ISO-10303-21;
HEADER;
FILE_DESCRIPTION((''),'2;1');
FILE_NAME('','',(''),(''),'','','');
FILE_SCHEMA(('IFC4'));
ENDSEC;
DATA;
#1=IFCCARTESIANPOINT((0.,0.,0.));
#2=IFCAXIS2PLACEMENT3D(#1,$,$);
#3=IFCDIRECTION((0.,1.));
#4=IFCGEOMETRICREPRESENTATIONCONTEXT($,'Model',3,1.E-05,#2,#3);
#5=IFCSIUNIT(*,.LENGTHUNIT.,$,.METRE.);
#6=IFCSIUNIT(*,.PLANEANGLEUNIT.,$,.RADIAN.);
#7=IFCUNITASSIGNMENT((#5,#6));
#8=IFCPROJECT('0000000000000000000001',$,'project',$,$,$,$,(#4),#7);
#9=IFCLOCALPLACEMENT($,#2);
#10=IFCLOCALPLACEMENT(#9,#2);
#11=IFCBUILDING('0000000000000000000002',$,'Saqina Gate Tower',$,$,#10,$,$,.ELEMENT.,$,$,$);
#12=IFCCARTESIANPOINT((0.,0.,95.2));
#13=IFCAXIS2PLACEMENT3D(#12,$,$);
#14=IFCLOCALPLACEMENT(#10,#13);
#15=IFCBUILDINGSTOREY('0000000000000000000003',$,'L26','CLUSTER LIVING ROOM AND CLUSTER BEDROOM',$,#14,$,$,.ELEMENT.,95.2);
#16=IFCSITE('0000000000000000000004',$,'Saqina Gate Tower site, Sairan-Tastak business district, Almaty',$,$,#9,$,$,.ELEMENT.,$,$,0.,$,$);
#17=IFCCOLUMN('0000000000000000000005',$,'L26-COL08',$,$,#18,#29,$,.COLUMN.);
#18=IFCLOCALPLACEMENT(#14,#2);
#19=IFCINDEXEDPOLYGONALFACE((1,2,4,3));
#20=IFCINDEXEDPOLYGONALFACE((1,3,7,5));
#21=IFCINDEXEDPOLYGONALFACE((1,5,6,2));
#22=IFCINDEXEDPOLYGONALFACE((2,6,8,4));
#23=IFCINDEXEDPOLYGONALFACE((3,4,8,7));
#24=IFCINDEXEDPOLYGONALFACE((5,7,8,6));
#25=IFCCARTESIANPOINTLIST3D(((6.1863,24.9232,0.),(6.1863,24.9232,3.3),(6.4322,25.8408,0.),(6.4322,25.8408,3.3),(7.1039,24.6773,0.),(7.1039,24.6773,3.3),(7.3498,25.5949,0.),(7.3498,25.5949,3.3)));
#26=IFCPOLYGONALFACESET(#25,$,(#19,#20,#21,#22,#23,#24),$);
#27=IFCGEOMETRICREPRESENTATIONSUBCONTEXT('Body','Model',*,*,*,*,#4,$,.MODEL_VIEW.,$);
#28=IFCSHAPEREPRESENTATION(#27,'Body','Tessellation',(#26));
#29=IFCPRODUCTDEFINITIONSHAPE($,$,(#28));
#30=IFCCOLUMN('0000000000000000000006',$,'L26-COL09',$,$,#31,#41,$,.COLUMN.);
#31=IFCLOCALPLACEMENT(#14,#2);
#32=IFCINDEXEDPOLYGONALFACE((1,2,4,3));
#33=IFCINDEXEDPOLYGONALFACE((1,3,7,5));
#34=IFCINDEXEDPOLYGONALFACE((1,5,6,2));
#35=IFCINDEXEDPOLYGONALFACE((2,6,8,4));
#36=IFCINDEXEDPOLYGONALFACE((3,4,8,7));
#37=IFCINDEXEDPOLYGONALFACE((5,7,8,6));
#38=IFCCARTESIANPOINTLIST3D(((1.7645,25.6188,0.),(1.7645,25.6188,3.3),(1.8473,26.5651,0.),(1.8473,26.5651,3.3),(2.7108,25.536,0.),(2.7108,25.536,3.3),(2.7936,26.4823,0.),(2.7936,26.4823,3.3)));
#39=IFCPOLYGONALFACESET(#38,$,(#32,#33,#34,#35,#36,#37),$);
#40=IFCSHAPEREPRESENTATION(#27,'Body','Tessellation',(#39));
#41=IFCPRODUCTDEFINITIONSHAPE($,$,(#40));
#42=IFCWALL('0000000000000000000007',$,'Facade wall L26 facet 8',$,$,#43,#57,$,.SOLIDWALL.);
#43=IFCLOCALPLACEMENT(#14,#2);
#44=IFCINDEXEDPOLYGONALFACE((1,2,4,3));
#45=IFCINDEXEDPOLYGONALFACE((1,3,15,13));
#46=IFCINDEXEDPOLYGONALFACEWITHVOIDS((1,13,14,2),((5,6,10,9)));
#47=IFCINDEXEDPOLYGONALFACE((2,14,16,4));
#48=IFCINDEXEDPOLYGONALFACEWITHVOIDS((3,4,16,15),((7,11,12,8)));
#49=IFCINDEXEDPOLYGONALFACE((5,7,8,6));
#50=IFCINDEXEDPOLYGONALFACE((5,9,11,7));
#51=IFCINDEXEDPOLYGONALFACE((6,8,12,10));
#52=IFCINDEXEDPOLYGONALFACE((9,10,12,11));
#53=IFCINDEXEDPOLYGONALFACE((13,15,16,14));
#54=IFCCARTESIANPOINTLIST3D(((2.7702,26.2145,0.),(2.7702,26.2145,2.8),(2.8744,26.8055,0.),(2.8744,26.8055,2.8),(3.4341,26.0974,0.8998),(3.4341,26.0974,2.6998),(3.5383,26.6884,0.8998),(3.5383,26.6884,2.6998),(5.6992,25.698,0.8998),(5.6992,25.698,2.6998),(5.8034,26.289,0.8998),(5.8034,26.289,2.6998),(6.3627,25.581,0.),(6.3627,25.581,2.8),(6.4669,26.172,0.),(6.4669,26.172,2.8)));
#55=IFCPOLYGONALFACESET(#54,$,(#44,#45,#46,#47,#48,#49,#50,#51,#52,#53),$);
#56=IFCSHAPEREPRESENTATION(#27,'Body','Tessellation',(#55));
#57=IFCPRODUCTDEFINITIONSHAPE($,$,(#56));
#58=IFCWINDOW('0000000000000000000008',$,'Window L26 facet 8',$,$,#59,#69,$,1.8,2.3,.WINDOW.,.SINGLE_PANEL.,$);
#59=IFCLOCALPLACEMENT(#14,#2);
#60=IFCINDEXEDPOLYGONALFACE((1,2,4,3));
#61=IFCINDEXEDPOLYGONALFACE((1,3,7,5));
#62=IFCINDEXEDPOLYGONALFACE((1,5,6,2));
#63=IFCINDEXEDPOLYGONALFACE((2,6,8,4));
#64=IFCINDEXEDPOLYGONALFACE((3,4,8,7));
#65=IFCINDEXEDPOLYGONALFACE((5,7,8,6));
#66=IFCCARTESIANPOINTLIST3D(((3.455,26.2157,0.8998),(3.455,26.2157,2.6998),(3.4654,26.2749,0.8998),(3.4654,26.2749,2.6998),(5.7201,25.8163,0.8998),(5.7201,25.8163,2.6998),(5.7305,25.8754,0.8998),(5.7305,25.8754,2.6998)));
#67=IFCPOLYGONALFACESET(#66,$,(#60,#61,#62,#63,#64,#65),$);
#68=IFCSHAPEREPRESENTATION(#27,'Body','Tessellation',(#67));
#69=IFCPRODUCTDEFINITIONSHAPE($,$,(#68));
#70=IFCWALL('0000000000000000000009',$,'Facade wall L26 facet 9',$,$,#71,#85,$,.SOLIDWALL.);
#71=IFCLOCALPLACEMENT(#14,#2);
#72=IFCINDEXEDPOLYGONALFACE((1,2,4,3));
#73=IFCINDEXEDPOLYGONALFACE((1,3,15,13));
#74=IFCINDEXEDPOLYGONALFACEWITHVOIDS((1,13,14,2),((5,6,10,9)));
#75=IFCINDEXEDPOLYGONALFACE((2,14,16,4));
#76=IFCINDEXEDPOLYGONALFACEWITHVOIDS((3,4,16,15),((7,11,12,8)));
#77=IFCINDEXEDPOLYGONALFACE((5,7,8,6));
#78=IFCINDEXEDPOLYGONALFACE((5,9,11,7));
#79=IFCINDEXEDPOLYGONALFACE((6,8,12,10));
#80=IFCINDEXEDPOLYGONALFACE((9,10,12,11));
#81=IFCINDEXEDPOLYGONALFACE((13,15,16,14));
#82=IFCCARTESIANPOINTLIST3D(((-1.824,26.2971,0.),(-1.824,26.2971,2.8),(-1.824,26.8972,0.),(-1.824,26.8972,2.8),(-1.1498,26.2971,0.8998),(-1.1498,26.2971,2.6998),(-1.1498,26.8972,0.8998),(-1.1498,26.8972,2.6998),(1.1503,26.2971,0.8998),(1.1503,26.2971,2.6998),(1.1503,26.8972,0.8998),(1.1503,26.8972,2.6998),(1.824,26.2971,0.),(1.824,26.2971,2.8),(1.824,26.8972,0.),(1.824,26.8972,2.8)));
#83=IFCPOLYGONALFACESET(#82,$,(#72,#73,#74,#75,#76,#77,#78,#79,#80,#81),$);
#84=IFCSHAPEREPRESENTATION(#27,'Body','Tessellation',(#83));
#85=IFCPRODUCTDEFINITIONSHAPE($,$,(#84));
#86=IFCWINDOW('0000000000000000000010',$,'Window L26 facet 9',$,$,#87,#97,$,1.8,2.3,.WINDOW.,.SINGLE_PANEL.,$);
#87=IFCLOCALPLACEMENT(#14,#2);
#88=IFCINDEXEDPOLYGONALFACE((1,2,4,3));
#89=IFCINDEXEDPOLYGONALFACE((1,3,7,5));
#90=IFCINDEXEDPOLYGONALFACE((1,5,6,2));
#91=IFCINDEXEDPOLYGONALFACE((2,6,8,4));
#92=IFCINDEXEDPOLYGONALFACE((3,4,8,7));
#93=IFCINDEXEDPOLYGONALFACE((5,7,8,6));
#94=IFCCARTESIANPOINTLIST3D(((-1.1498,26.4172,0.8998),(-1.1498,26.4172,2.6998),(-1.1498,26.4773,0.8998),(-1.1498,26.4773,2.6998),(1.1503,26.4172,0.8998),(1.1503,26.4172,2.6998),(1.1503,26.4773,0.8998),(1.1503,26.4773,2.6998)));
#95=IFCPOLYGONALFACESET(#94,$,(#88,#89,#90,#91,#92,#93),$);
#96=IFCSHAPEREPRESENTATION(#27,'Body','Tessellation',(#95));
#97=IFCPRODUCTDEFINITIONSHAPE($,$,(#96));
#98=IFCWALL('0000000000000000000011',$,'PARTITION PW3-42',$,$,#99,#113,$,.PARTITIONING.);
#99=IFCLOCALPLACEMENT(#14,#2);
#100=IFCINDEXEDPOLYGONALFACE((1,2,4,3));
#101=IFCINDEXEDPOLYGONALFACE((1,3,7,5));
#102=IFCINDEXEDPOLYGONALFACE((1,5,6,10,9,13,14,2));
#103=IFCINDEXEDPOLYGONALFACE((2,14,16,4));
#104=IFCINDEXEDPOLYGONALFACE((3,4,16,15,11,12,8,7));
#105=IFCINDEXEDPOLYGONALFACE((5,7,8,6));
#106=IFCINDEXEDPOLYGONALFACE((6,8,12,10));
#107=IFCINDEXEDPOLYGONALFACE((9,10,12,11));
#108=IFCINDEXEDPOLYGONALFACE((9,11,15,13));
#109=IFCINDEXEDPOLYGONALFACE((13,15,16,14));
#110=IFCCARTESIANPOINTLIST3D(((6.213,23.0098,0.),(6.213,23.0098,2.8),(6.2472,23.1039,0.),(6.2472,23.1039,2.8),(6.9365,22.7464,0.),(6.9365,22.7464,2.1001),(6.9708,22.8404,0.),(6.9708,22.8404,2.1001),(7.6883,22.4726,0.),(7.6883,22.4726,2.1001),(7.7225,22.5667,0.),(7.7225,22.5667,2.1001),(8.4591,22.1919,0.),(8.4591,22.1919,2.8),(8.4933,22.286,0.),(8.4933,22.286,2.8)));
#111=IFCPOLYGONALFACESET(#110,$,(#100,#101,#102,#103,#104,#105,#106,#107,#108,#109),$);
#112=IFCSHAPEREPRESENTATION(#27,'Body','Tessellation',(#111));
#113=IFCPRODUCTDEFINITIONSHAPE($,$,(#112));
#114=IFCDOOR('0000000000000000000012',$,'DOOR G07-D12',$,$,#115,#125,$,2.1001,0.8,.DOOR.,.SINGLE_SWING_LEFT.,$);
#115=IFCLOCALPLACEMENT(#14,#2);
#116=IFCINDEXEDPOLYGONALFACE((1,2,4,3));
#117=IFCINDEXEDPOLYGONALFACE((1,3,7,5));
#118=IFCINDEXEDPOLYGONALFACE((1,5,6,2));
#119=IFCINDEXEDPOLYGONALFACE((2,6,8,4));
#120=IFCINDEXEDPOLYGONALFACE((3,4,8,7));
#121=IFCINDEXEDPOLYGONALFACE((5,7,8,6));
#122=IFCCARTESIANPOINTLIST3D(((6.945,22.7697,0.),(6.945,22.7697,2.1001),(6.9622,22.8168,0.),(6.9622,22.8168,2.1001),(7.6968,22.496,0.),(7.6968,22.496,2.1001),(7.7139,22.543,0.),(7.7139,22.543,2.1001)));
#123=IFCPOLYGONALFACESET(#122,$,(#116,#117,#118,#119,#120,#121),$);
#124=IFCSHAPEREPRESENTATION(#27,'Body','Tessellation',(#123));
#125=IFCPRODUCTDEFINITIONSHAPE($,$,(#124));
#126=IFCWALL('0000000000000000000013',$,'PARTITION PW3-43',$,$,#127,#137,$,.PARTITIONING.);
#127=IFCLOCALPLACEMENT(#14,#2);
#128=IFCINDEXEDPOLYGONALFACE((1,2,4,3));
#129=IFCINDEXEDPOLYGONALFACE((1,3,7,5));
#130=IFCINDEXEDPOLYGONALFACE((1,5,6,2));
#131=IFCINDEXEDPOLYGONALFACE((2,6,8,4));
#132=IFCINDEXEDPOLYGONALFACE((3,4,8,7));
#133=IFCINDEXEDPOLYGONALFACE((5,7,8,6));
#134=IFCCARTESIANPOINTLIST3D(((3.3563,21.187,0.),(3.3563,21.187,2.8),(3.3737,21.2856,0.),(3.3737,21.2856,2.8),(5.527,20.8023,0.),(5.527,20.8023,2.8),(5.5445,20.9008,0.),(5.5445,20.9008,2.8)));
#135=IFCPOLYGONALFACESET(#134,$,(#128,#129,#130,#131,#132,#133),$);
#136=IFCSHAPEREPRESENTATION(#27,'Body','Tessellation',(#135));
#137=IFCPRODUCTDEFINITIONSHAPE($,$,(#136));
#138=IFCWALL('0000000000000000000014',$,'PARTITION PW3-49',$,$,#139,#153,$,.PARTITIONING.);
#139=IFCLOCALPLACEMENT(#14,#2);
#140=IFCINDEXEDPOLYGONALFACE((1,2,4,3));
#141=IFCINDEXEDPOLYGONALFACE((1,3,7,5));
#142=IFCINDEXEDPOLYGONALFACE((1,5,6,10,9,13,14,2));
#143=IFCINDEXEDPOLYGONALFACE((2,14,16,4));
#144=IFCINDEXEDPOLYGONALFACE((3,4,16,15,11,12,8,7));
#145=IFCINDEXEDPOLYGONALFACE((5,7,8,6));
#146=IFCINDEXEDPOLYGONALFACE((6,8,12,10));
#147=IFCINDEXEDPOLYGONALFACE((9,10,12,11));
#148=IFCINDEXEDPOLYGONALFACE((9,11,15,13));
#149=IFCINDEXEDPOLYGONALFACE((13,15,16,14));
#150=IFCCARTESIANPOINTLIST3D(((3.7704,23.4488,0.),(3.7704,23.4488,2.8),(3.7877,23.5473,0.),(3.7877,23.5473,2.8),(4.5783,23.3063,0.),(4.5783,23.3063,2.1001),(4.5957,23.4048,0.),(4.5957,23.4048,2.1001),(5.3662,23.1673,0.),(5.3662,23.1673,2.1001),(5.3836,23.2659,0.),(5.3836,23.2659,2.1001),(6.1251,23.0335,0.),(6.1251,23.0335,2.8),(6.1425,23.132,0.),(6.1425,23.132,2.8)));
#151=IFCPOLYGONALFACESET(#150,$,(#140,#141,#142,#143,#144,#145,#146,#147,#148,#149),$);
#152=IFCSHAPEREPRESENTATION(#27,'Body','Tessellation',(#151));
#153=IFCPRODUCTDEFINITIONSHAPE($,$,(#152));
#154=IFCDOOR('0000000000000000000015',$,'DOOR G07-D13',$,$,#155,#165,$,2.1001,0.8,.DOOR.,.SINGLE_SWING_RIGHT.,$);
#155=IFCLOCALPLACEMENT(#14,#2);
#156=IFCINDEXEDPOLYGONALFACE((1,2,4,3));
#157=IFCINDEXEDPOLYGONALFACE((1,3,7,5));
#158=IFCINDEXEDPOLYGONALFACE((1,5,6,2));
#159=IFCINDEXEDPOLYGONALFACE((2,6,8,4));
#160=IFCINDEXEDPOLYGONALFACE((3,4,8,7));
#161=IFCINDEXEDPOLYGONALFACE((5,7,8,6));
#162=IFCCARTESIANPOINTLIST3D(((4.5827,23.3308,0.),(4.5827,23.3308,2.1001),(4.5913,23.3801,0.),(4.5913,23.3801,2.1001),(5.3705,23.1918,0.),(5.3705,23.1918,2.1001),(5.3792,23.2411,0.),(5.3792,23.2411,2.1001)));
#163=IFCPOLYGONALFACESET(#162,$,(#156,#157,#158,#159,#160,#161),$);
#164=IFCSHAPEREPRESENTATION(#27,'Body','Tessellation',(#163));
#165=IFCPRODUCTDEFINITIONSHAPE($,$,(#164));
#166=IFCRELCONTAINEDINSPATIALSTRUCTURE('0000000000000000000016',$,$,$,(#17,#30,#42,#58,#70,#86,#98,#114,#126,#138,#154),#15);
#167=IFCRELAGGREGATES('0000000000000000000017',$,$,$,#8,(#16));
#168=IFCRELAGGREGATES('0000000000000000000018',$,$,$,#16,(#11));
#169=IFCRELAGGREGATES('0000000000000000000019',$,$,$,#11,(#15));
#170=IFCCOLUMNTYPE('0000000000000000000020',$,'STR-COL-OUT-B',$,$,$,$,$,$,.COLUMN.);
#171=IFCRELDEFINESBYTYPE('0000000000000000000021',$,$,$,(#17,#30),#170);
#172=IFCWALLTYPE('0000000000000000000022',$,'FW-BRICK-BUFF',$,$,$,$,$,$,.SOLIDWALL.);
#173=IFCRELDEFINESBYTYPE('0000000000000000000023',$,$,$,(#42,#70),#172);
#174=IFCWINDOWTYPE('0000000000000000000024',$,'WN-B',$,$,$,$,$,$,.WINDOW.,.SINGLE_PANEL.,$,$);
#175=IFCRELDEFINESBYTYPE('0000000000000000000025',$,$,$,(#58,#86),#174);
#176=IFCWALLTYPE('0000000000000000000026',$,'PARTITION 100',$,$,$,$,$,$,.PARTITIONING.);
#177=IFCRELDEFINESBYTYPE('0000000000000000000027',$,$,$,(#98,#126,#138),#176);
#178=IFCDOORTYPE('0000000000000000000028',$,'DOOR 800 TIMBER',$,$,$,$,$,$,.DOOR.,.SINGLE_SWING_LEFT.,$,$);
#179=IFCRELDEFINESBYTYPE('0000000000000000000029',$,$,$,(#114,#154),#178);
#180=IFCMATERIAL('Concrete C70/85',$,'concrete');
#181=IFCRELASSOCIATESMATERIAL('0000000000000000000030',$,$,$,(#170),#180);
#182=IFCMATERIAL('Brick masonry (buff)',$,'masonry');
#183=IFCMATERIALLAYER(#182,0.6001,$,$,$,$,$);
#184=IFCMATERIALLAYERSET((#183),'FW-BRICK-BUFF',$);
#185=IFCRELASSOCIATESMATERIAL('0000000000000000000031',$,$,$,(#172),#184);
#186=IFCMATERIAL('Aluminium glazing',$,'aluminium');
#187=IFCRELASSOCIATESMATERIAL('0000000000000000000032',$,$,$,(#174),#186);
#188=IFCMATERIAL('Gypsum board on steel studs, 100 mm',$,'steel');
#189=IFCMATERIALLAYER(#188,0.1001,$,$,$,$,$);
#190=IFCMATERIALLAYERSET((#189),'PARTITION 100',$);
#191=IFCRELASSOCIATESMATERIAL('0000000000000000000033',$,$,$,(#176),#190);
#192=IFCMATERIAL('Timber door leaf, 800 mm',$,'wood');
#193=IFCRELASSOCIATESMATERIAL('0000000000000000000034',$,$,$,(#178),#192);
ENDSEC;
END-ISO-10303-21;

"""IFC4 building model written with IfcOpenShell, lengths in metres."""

from ifc_helpers import new_model, si_unit, direction, frame, frame_2d, origin, origin_2d, place, context, subcontext, project, spatial, rectangle, extrude, material, layer, layer_set, material_profile, profile_set, type_object, element, fill, save


model = new_model("IFC4")

# Units and contexts
model_context = context("Model", 3, precision=1e-05, world=origin(), true_north=direction((0.0, 1.0)))
body_context = subcontext(model_context, "Body", "Model", "MODEL_VIEW")
ifc_project = project(units=[si_unit("LENGTHUNIT", "METRE"), si_unit("PLANEANGLEUNIT", "RADIAN")], contexts=[model_context])

# Site, building, storey
site_placement = place(None, origin())
site = spatial("IfcSite", under=ifc_project, at=site_placement, Name="Saqina Gate Tower site, Sairan-Tastak business district, Almaty", CompositionType="ELEMENT", RefElevation=0.0)
building_placement = place(site_placement, origin())
building = spatial("IfcBuilding", under=site, at=building_placement, Name="Saqina Gate Tower", CompositionType="ELEMENT")
storey_placement = place(building_placement, frame((0.0, 0.0, 95.2)))
storey = spatial("IfcBuildingStorey", under=building, at=storey_placement, Name="L26", Description="CLUSTER LIVING ROOM AND CLUSTER BEDROOM", CompositionType="ELEMENT", Elevation=95.2)

# Columns
ifc_material_1 = material(Name="Concrete C70/85", Category="concrete")
ifc_material_profile = material_profile(ifc_material_1, rectangle(XDim=0.95, YDim=0.95, at=origin_2d()), Name="RC 950x950")
ifc_profile_set = profile_set([ifc_material_profile], Name="Concrete C70/85")
column_type = type_object("IfcColumnType", Name="STR-COL-OUT-B", PredefinedType="COLUMN", material=ifc_profile_set)
for number, where, z_axis, x_axis, name in (
    (1, (6.7681, 25.259, 0.0), (0.0, 0.0, 1.0), (0.258819, 0.965926, 0.0), "L26-COL08"),
    (2, (2.2791, 26.0505, 0.0), (0.0, 0.0, 1.0), (0.087156, 0.996195, 0.0), "L26-COL09"),
):
    element("IfcColumn", number, at=place(storey_placement, frame(where, z_axis=z_axis, x_axis=x_axis)), inside=storey, type_object=column_type, Name=name, PredefinedType="COLUMN", context=body_context, shape_type="SweptSolid", body=[
        extrude(rectangle(XDim=0.95, YDim=0.95, at=origin_2d()), origin(), (0.0, 0.0, 1.0), 3.3),
    ])

# Walls, openings, windows
ifc_material_2 = material(Name="Brick masonry (buff)", Category="masonry")
ifc_layer_1 = layer(ifc_material_2, 0.6001)
ifc_layer_set_1 = layer_set([ifc_layer_1], Name="FW-BRICK-BUFF")
wall_type_1 = type_object("IfcWallType", Name="FW-BRICK-BUFF", PredefinedType="SOLIDWALL", material=ifc_layer_set_1)
wall_1_placement = place(storey_placement, frame((6.4148, 25.8765, 0.0), z_axis=(0.0, 0.0, 1.0), x_axis=(-0.984804, 0.173671, 0.0)))
wall_1 = element("IfcWall", 3, at=wall_1_placement, inside=storey, type_object=wall_type_1, Name="Facade wall L26 facet 8", PredefinedType="SOLIDWALL", context=body_context, shape_type="SweptSolid", body=[
    extrude(rectangle(XDim=3.6479, YDim=0.6001, at=frame_2d((1.824, 0.0))), origin(), (0.0, 0.0, 1.0), 2.8),
])
opening_1_placement = place(wall_1_placement, frame((0.6738, 0.0, 0.8999)))
opening_1 = element("IfcOpeningElement", 4, at=opening_1_placement, cuts=wall_1, PredefinedType="OPENING", context=body_context, shape_type="SweptSolid", body=[
    extrude(rectangle(XDim=2.3, YDim=1.8, at=frame_2d((1.1499, 0.8999))), frame((0.0, 0.312, 0.0), z_axis=(0.0, -1.0, 0.0), x_axis=(1.0, 0.0, 0.0)), (0.0, 0.0, 1.0), 0.624),
])
ifc_material_3 = material(Name="Aluminium glazing", Category="aluminium")
window_type = type_object("IfcWindowType", Name="WN-B", PartitioningType="SINGLE_PANEL", PredefinedType="WINDOW", material=ifc_material_3)
window_1_placement = place(opening_1_placement, origin())
window_1 = element("IfcWindow", 5, at=window_1_placement, inside=storey, type_object=window_type, Name="Window L26 facet 8", OverallHeight=1.8, OverallWidth=2.3, PartitioningType="SINGLE_PANEL", PredefinedType="WINDOW", context=body_context, shape_type="SweptSolid", body=[
    extrude(rectangle(XDim=2.3, YDim=1.8, at=frame_2d((1.1499, 0.8999))), frame((0.0, 0.1799, 0.0), z_axis=(0.0, -1.0, 0.0), x_axis=(1.0, 0.0, 0.0)), (0.0, 0.0, 1.0), 0.0601),
])
fill(opening_1, window_1)
wall_2_placement = place(storey_placement, frame((1.824, 26.5972, 0.0), z_axis=(0.0, 0.0, 1.0), x_axis=(-1.0, 0.0, 0.0)))
wall_2 = element("IfcWall", 6, at=wall_2_placement, inside=storey, type_object=wall_type_1, Name="Facade wall L26 facet 9", PredefinedType="SOLIDWALL", context=body_context, shape_type="SweptSolid", body=[
    extrude(rectangle(XDim=3.6479, YDim=0.6001, at=frame_2d((1.824, 0.0))), origin(), (0.0, 0.0, 1.0), 2.8),
])
opening_2_placement = place(wall_2_placement, frame((0.6738, 0.0, 0.8999)))
opening_2 = element("IfcOpeningElement", 7, at=opening_2_placement, cuts=wall_2, PredefinedType="OPENING", context=body_context, shape_type="SweptSolid", body=[
    extrude(rectangle(XDim=2.3, YDim=1.8, at=frame_2d((1.1499, 0.8999))), frame((0.0, 0.312, 0.0), z_axis=(0.0, -1.0, 0.0), x_axis=(1.0, 0.0, 0.0)), (0.0, 0.0, 1.0), 0.624),
])
window_2_placement = place(opening_2_placement, origin())
window_2 = element("IfcWindow", 8, at=window_2_placement, inside=storey, type_object=window_type, Name="Window L26 facet 9", OverallHeight=1.8, OverallWidth=2.3, PartitioningType="SINGLE_PANEL", PredefinedType="WINDOW", context=body_context, shape_type="SweptSolid", body=[
    extrude(rectangle(XDim=2.3, YDim=1.8, at=frame_2d((1.1499, 0.8999))), frame((0.0, 0.1799, 0.0), z_axis=(0.0, -1.0, 0.0), x_axis=(1.0, 0.0, 0.0)), (0.0, 0.0, 1.0), 0.0601),
])
fill(opening_2, window_2)

# Wall, opening, door
ifc_material_4 = material(Name="Gypsum board on steel studs, 100 mm", Category="steel")
ifc_layer_2 = layer(ifc_material_4, 0.1001)
ifc_layer_set_2 = layer_set([ifc_layer_2], Name="PARTITION 100")
wall_type_2 = type_object("IfcWallType", Name="PARTITION 100", PredefinedType="PARTITIONING", material=ifc_layer_set_2)
wall_3_placement = place(storey_placement, frame((6.23, 23.0569, 0.0), z_axis=(0.0, 0.0, 1.0), x_axis=(0.939644, -0.342153, 0.0)))
wall_3 = element("IfcWall", 9, at=wall_3_placement, inside=storey, type_object=wall_type_2, Name="PARTITION PW3-42", PredefinedType="PARTITIONING", context=body_context, shape_type="SweptSolid", body=[
    extrude(rectangle(XDim=2.3904, YDim=0.1001, at=frame_2d((1.1953, 0.0))), origin(), (0.0, 0.0, 1.0), 2.8),
])
opening_3_placement = place(wall_3_placement, frame((0.7703, 0.0, 0.0)))
opening_3 = element("IfcOpeningElement", 10, at=opening_3_placement, cuts=wall_3, PredefinedType="OPENING", context=body_context, shape_type="SweptSolid", body=[
    extrude(rectangle(XDim=0.8, YDim=2.1001, at=frame_2d((0.3999, 1.05))), frame((0.0, 0.062, 0.0), z_axis=(0.0, -1.0, 0.0), x_axis=(1.0, 0.0, 0.0)), (0.0, 0.0, 1.0), 0.124),
])
ifc_material_5 = material(Name="Timber door leaf, 800 mm", Category="wood")
door_type_1 = type_object("IfcDoorType", Name="DOOR 800 TIMBER", OperationType="SINGLE_SWING_LEFT", PredefinedType="DOOR", material=ifc_material_5)
door_1_placement = place(opening_3_placement, origin())
door_1 = element("IfcDoor", 11, at=door_1_placement, inside=storey, type_object=door_type_1, Name="DOOR G07-D12", OperationType="SINGLE_SWING_LEFT", OverallHeight=2.1001, OverallWidth=0.8, PredefinedType="DOOR", context=body_context, shape_type="SweptSolid", body=[
    extrude(rectangle(XDim=0.8, YDim=2.1001, at=frame_2d((0.3999, 1.05))), frame((0.0, 0.0249, 0.0), z_axis=(0.0, -1.0, 0.0), x_axis=(1.0, 0.0, 0.0)), (0.0, 0.0, 1.0), 0.05),
])
fill(opening_3, door_1)

# Wall
wall_4_placement = place(storey_placement, frame((3.365, 21.2363, 0.0), z_axis=(0.0, 0.0, 1.0), x_axis=(0.984651, -0.174537, 0.0)))
element("IfcWall", 12, at=wall_4_placement, inside=storey, type_object=wall_type_2, Name="PARTITION PW3-43", PredefinedType="PARTITIONING", context=body_context, shape_type="SweptSolid", body=[
    extrude(rectangle(XDim=2.2046, YDim=0.1001, at=frame_2d((1.1023, 0.0))), origin(), (0.0, 0.0, 1.0), 2.8),
])

# Wall, opening, door
wall_5_placement = place(storey_placement, frame((3.7791, 23.498, 0.0), z_axis=(0.0, 0.0, 1.0), x_axis=(0.984802, -0.17368, 0.0)))
wall_5 = element("IfcWall", 13, at=wall_5_placement, inside=storey, type_object=wall_type_2, Name="PARTITION PW3-49", PredefinedType="PARTITIONING", context=body_context, shape_type="SweptSolid", body=[
    extrude(rectangle(XDim=2.3911, YDim=0.1001, at=frame_2d((1.1956, 0.0))), origin(), (0.0, 0.0, 1.0), 2.8),
])
opening_4_placement = place(wall_5_placement, frame((0.8206, 0.0, 0.0)))
opening_4 = element("IfcOpeningElement", 14, at=opening_4_placement, cuts=wall_5, PredefinedType="OPENING", context=body_context, shape_type="SweptSolid", body=[
    extrude(rectangle(XDim=0.8, YDim=2.1001, at=frame_2d((0.3999, 1.05))), frame((0.0, 0.062, 0.0), z_axis=(0.0, -1.0, 0.0), x_axis=(1.0, 0.0, 0.0)), (0.0, 0.0, 1.0), 0.124),
])
door_2_placement = place(opening_4_placement, origin())
door_2 = element("IfcDoor", 15, at=door_2_placement, inside=storey, type_object=door_type_1, Name="DOOR G07-D13", OperationType="SINGLE_SWING_RIGHT", OverallHeight=2.1001, OverallWidth=0.8, PredefinedType="DOOR", context=body_context, shape_type="SweptSolid", body=[
    extrude(rectangle(XDim=0.8, YDim=2.1001, at=frame_2d((0.3999, 1.05))), frame((0.0, 0.0249, 0.0), z_axis=(0.0, -1.0, 0.0), x_axis=(1.0, 0.0, 0.0)), (0.0, 0.0, 1.0), 0.05),
])
fill(opening_4, door_2)

save(model, "model.ifc")
